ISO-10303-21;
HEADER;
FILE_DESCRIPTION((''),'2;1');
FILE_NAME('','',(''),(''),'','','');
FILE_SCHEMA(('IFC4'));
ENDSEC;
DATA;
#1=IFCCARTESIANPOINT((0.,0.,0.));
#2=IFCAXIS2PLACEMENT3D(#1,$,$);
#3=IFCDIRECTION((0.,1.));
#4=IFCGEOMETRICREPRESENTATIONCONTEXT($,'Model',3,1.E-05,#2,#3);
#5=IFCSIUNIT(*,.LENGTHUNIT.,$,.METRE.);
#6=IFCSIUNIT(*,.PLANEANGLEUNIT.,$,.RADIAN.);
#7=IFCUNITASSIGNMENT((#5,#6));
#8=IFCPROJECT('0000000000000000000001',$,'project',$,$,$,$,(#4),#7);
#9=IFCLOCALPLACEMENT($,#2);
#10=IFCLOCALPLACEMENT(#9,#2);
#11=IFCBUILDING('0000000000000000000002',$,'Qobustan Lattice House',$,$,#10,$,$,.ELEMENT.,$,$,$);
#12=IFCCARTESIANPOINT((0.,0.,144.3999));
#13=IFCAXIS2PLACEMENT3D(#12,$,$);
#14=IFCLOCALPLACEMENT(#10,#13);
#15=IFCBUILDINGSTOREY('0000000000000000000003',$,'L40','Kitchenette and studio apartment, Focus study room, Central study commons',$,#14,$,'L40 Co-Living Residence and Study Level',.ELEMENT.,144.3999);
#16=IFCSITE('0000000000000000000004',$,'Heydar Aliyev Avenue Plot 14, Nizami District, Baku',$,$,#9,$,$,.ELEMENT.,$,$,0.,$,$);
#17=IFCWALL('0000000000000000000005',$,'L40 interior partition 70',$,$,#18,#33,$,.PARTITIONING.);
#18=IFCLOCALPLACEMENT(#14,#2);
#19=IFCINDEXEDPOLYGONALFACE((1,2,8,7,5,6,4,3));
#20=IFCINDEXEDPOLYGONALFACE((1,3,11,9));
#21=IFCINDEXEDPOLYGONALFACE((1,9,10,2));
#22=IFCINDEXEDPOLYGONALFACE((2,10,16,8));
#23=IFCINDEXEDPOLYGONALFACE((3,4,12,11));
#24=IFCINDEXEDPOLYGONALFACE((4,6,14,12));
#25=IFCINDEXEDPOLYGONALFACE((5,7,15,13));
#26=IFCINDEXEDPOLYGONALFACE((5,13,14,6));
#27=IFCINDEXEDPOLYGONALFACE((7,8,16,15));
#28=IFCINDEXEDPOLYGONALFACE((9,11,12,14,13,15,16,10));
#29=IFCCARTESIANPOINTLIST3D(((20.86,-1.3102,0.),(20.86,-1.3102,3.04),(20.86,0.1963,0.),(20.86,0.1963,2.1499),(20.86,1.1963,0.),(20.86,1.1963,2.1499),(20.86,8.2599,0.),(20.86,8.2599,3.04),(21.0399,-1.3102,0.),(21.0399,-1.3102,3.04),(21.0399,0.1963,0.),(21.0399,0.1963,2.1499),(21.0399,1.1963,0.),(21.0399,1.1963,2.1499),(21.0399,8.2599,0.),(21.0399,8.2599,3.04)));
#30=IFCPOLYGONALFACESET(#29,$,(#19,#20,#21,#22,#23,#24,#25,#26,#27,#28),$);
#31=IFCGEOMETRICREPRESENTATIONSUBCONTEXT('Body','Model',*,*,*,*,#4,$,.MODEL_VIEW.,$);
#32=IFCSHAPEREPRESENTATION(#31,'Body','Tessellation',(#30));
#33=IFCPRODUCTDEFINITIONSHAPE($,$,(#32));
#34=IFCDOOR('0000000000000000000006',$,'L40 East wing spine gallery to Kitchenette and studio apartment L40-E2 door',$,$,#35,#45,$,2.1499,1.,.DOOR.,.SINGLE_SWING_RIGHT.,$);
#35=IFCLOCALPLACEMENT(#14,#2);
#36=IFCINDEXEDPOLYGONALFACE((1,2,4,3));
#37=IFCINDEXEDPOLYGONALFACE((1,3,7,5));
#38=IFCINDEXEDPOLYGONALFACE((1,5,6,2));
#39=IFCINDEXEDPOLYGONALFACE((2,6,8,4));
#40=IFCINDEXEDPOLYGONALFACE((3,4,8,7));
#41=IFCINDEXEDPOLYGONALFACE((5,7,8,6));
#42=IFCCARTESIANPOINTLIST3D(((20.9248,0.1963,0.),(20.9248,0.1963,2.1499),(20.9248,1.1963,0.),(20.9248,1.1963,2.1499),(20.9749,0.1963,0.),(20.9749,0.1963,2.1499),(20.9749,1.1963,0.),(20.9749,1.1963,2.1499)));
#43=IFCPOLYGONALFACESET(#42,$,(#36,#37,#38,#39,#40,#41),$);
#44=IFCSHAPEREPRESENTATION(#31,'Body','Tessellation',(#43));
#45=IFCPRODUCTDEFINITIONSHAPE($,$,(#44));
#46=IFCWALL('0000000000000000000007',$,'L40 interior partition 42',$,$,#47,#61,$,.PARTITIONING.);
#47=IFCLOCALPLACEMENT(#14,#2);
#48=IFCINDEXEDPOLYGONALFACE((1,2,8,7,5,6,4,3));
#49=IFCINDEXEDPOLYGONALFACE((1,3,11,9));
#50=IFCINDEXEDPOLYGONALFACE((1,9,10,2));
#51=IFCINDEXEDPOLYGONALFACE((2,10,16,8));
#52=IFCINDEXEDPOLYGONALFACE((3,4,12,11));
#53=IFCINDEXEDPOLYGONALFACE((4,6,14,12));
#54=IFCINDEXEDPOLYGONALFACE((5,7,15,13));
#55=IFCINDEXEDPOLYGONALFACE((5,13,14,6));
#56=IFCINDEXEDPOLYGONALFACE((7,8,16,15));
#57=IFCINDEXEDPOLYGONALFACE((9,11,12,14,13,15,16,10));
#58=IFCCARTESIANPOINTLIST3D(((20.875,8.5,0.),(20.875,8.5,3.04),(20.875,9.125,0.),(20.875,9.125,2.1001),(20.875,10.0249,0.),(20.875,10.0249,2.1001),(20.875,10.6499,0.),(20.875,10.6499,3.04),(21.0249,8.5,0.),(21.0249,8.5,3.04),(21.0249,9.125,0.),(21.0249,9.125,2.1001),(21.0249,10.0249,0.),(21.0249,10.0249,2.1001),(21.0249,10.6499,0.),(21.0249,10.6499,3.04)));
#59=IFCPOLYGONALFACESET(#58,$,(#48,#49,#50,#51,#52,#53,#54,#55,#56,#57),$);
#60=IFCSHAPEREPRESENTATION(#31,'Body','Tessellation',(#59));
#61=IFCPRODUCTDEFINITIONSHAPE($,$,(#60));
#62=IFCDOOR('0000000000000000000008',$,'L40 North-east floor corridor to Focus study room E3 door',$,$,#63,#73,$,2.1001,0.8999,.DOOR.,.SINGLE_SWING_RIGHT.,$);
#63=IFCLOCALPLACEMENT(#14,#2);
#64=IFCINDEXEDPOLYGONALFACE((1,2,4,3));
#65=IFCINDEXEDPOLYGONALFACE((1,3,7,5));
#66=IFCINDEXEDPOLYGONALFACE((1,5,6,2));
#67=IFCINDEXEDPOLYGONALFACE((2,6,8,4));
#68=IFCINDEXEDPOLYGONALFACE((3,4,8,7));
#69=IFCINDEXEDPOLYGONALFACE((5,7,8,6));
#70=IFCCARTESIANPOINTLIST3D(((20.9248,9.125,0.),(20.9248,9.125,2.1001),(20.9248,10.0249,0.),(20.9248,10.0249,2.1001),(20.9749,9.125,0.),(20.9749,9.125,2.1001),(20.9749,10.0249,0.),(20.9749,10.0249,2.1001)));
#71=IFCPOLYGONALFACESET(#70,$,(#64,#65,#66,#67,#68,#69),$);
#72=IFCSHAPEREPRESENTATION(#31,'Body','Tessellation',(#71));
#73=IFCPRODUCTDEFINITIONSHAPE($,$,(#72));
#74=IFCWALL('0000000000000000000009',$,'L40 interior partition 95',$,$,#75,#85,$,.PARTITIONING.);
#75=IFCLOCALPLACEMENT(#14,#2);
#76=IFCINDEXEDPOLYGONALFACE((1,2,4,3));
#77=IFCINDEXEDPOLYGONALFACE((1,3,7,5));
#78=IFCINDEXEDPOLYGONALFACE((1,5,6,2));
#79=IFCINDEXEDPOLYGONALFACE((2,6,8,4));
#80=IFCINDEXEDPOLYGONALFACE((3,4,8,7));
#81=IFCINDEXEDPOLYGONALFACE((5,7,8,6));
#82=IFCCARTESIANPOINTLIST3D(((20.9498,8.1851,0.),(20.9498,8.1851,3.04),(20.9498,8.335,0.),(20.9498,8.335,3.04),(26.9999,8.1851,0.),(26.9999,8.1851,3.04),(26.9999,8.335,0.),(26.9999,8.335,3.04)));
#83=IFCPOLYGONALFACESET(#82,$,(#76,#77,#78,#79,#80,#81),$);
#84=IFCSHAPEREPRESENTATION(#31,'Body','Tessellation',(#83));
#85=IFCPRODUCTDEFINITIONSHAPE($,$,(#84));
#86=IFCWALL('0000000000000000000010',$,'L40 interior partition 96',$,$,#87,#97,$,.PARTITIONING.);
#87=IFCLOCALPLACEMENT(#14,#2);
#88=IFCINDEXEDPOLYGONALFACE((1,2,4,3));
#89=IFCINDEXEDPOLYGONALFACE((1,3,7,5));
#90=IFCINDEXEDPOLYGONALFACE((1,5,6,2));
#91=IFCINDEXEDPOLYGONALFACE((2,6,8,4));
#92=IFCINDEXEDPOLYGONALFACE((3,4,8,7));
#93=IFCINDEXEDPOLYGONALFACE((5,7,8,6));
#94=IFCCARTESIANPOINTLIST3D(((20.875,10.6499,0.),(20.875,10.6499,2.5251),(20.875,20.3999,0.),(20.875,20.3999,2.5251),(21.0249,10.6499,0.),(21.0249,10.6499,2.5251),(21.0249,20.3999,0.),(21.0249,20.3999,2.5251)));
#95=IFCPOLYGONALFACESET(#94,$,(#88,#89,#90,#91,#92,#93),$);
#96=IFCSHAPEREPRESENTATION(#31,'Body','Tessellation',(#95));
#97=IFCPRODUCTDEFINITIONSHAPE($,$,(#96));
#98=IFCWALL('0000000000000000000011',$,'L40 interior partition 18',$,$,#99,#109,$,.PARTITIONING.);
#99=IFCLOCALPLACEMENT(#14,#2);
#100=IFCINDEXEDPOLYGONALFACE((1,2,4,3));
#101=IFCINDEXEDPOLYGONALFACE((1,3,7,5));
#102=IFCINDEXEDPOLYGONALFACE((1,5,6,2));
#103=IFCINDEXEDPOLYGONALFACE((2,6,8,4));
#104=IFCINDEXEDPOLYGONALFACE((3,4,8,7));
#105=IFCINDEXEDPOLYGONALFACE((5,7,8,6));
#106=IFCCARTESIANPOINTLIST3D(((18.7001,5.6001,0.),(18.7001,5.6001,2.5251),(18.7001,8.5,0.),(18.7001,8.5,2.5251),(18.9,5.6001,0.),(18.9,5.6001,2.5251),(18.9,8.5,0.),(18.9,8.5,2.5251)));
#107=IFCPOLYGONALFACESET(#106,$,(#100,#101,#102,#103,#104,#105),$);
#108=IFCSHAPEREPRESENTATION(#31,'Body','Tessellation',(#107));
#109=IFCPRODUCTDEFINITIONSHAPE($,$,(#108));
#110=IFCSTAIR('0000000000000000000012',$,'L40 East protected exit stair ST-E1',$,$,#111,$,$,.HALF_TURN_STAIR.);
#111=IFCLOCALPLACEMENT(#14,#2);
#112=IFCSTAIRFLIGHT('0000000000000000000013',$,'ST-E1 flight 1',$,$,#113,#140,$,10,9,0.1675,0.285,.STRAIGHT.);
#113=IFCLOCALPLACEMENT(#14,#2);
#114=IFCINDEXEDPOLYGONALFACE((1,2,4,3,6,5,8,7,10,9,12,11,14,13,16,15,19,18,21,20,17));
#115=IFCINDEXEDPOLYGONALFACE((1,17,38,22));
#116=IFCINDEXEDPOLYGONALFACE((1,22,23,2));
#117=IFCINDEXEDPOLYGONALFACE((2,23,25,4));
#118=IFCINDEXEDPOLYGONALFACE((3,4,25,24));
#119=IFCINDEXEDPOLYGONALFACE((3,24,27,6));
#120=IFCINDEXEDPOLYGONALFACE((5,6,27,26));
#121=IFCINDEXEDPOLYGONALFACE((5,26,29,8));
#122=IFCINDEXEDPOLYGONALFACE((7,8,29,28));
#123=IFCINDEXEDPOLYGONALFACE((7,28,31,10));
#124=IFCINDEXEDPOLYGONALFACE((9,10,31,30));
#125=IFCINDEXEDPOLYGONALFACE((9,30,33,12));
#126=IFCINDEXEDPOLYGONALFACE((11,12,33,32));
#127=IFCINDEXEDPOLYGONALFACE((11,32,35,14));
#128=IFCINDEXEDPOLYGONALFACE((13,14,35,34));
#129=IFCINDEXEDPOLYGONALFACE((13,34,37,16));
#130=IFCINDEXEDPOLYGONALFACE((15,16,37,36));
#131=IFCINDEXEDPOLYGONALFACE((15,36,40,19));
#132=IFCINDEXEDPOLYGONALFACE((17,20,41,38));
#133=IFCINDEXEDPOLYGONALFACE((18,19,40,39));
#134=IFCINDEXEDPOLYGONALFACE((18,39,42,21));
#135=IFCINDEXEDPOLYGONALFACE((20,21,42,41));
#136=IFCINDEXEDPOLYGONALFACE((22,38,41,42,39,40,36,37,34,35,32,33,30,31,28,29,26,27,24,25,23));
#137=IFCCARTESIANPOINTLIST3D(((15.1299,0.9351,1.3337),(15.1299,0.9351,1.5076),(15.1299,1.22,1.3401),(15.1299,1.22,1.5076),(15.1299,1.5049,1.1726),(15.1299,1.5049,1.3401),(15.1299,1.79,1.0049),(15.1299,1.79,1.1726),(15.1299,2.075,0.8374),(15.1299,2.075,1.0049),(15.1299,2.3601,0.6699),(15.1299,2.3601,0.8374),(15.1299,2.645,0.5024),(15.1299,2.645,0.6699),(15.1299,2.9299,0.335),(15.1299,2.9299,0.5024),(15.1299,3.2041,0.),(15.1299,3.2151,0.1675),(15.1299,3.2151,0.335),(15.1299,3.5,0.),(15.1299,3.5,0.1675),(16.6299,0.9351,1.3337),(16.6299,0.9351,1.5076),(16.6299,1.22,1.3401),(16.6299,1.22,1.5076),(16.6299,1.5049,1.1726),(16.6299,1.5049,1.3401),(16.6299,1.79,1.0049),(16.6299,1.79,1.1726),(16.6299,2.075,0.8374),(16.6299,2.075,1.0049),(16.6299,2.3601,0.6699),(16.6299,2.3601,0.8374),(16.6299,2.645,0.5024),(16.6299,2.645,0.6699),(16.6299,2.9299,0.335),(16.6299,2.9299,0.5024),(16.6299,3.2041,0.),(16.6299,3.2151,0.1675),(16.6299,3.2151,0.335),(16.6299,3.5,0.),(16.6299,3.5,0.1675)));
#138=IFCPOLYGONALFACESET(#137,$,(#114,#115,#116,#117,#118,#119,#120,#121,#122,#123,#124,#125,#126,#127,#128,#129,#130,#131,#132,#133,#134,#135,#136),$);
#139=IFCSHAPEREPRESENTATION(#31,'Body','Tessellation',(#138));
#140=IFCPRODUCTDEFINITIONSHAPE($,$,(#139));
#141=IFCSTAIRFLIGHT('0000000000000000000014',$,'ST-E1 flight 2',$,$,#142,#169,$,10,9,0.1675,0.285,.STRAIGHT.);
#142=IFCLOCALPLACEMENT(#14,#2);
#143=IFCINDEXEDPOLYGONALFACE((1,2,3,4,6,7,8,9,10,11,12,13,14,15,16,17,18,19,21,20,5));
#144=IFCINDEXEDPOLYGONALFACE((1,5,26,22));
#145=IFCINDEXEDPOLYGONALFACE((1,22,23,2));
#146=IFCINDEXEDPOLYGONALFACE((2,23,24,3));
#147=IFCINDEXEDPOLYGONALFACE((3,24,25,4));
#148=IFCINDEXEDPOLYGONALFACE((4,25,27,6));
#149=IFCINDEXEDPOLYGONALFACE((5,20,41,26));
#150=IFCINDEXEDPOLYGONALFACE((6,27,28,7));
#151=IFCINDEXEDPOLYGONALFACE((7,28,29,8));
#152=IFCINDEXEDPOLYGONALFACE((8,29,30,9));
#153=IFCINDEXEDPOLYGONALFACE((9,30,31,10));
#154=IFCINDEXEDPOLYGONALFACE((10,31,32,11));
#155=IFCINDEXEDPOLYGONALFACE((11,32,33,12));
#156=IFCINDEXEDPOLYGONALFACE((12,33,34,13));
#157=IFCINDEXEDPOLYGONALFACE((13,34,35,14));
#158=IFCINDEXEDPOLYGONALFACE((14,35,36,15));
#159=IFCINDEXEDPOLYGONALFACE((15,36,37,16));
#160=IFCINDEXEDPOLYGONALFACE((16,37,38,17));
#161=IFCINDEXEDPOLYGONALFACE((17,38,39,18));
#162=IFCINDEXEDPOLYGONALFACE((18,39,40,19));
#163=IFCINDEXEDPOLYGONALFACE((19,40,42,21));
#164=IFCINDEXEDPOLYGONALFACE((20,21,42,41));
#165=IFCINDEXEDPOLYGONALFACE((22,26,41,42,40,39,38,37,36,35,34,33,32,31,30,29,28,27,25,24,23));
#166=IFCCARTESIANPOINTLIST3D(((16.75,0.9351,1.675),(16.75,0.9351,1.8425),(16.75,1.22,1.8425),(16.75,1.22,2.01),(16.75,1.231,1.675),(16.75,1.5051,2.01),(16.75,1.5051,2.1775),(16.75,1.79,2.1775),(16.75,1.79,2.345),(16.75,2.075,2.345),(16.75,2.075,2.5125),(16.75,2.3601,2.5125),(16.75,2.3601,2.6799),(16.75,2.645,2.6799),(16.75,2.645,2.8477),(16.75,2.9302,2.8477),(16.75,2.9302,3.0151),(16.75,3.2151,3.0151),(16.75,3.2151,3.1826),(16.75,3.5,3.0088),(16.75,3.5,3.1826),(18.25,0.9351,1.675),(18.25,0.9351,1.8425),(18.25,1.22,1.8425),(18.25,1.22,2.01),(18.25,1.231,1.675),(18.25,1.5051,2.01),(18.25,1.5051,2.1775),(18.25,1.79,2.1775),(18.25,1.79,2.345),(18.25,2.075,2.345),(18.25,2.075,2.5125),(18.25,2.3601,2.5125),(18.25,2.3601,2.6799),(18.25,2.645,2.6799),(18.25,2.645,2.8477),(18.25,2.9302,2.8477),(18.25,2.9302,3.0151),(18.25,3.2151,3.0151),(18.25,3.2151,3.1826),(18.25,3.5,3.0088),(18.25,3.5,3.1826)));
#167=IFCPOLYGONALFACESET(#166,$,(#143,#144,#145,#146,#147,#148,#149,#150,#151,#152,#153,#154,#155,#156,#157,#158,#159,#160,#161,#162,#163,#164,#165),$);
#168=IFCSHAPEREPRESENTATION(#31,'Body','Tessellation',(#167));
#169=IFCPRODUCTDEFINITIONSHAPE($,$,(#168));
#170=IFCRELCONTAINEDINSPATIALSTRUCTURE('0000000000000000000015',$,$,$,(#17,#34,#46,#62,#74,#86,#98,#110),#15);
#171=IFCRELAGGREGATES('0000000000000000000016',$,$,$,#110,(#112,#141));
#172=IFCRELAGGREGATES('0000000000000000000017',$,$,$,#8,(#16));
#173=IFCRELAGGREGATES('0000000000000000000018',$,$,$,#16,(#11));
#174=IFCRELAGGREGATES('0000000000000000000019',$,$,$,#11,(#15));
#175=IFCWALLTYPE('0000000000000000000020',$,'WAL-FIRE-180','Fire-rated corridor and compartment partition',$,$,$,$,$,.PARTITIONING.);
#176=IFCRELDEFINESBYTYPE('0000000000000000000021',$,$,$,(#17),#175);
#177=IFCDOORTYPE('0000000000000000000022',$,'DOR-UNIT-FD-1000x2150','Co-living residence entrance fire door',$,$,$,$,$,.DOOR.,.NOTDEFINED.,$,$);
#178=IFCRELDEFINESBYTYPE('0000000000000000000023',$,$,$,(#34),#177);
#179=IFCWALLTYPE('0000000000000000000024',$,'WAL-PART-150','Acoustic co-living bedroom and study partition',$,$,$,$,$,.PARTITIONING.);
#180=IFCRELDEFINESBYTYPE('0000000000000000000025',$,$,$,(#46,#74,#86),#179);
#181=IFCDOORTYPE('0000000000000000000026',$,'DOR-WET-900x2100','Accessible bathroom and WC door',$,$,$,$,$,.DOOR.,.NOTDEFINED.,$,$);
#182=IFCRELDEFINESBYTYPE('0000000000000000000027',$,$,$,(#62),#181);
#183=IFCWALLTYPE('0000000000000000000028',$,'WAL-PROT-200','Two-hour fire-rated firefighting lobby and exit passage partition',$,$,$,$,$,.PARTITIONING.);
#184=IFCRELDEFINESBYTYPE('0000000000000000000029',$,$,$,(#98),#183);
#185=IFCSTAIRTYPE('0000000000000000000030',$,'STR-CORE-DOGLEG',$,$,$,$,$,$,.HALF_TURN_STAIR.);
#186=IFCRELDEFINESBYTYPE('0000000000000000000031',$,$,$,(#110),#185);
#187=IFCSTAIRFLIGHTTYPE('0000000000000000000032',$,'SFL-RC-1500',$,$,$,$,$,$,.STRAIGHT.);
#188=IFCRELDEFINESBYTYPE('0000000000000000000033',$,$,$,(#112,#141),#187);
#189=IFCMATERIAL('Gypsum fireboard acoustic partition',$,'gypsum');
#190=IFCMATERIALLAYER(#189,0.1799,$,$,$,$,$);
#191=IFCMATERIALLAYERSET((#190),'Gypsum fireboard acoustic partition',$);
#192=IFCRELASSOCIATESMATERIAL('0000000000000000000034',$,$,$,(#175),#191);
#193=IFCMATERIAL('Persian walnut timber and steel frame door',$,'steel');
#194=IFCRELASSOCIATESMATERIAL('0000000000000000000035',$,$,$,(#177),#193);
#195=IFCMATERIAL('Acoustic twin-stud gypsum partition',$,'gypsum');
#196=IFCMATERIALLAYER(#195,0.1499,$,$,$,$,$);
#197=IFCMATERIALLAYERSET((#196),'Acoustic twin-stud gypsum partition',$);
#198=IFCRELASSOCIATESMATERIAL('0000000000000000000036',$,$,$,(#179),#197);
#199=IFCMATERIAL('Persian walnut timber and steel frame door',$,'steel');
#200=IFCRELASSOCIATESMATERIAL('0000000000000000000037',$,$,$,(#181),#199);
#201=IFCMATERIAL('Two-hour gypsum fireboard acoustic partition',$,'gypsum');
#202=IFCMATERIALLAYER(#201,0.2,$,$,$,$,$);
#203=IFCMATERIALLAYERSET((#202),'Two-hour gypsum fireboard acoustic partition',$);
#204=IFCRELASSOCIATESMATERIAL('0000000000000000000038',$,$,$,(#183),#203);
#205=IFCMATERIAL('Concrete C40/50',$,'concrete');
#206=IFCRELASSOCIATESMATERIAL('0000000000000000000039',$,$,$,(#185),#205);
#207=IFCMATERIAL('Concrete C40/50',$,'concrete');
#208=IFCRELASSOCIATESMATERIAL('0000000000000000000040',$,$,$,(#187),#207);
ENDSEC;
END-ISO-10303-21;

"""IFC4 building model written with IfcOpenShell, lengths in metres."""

from ifc_helpers import new_model, si_unit, direction, frame, frame_2d, origin, place, context, subcontext, project, spatial, polyline, rectangle, outline, extrude, material, layer, layer_set, type_object, element, fill, aggregate, save


model = new_model("IFC4")

# Units and contexts
model_context = context("Model", 3, precision=1e-05, world=origin(), true_north=direction((0.0, 1.0)))
body_context = subcontext(model_context, "Body", "Model", "MODEL_VIEW")
ifc_project = project(units=[si_unit("LENGTHUNIT", "METRE"), si_unit("PLANEANGLEUNIT", "RADIAN")], contexts=[model_context])

# Site, building, storey
site_placement = place(None, origin())
site = spatial("IfcSite", under=ifc_project, at=site_placement, Name="Heydar Aliyev Avenue Plot 14, Nizami District, Baku", CompositionType="ELEMENT", RefElevation=0.0)
building_placement = place(site_placement, origin())
building = spatial("IfcBuilding", under=site, at=building_placement, Name="Qobustan Lattice House", CompositionType="ELEMENT")
storey_placement = place(building_placement, frame((0.0, 0.0, 144.3999)))
storey = spatial("IfcBuildingStorey", under=building, at=storey_placement, Name="L40", Description="Kitchenette and studio apartment, Focus study room, Central study commons", LongName="L40 Co-Living Residence and Study Level", CompositionType="ELEMENT", Elevation=144.3999)

# Walls, openings, doors
ifc_material_1 = material(Name="Gypsum fireboard acoustic partition", Category="gypsum")
ifc_layer_1 = layer(ifc_material_1, 0.1799)
ifc_layer_set_1 = layer_set([ifc_layer_1], Name="Gypsum fireboard acoustic partition")
wall_type_1 = type_object("IfcWallType", Name="WAL-FIRE-180", Description="Fire-rated corridor and compartment partition", PredefinedType="PARTITIONING", material=ifc_layer_set_1)
wall_1_placement = place(storey_placement, frame((20.95, 8.26, 0.0), z_axis=(0.0, 0.0, 1.0), x_axis=(0.0, -1.0, 0.0)))
wall_1 = element("IfcWall", 1, at=wall_1_placement, inside=storey, type_object=wall_type_1, Name="L40 interior partition 70", PredefinedType="PARTITIONING", context=body_context, shape_type="SweptSolid", body=[
    extrude(rectangle(XDim=9.5701, YDim=0.1799, at=frame_2d((4.7852, 0.0))), origin(), (0.0, 0.0, 1.0), 3.04),
])
opening_1_placement = place(wall_1_placement, frame((7.0637, 0.0, 0.0)))
opening_1 = element("IfcOpeningElement", 2, at=opening_1_placement, cuts=wall_1, PredefinedType="OPENING", context=body_context, shape_type="SweptSolid", body=[
    extrude(rectangle(XDim=1.0, YDim=2.1499, at=frame_2d((0.5, 1.075))), frame((0.0, 0.0999, 0.0), z_axis=(0.0, -1.0, 0.0), x_axis=(1.0, 0.0, 0.0)), (0.0, 0.0, 1.0), 0.2),
])
ifc_material_2 = material(Name="Persian walnut timber and steel frame door", Category="steel")
door_type_1 = type_object("IfcDoorType", Name="DOR-UNIT-FD-1000x2150", Description="Co-living residence entrance fire door", OperationType="NOTDEFINED", PredefinedType="DOOR", material=ifc_material_2)
door_1_placement = place(opening_1_placement, origin())
door_1 = element("IfcDoor", 3, at=door_1_placement, inside=storey, type_object=door_type_1, Name="L40 East wing spine gallery to Kitchenette and studio apartment L40-E2 door", OperationType="SINGLE_SWING_RIGHT", OverallHeight=2.1499, OverallWidth=1.0, PredefinedType="DOOR", context=body_context, shape_type="SweptSolid", body=[
    extrude(rectangle(XDim=1.0, YDim=2.1499, at=frame_2d((0.5, 1.075))), frame((0.0, 0.0249, 0.0), z_axis=(0.0, -1.0, 0.0), x_axis=(1.0, 0.0, 0.0)), (0.0, 0.0, 1.0), 0.05),
])
fill(opening_1, door_1)
ifc_material_3 = material(Name="Acoustic twin-stud gypsum partition", Category="gypsum")
ifc_layer_2 = layer(ifc_material_3, 0.1499)
ifc_layer_set_2 = layer_set([ifc_layer_2], Name="Acoustic twin-stud gypsum partition")
wall_type_2 = type_object("IfcWallType", Name="WAL-PART-150", Description="Acoustic co-living bedroom and study partition", PredefinedType="PARTITIONING", material=ifc_layer_set_2)
wall_2_placement = place(storey_placement, frame((20.95, 10.6499, 0.0), z_axis=(0.0, 0.0, 1.0), x_axis=(0.0, -1.0, 0.0)))
wall_2 = element("IfcWall", 4, at=wall_2_placement, inside=storey, type_object=wall_type_2, Name="L40 interior partition 42", PredefinedType="PARTITIONING", context=body_context, shape_type="SweptSolid", body=[
    extrude(rectangle(XDim=2.1499, YDim=0.1499, at=frame_2d((1.075, 0.0))), origin(), (0.0, 0.0, 1.0), 3.04),
])
opening_2_placement = place(wall_2_placement, frame((0.625, 0.0, 0.0)))
opening_2 = element("IfcOpeningElement", 5, at=opening_2_placement, cuts=wall_2, PredefinedType="OPENING", context=body_context, shape_type="SweptSolid", body=[
    extrude(rectangle(XDim=0.8999, YDim=2.1001, at=frame_2d((0.45, 1.05))), frame((0.0, 0.085, 0.0), z_axis=(0.0, -1.0, 0.0), x_axis=(1.0, 0.0, 0.0)), (0.0, 0.0, 1.0), 0.1699),
])
ifc_material_4 = material(Name="Persian walnut timber and steel frame door", Category="steel")
door_type_2 = type_object("IfcDoorType", Name="DOR-WET-900x2100", Description="Accessible bathroom and WC door", OperationType="NOTDEFINED", PredefinedType="DOOR", material=ifc_material_4)
door_2_placement = place(opening_2_placement, origin())
door_2 = element("IfcDoor", 6, at=door_2_placement, inside=storey, type_object=door_type_2, Name="L40 North-east floor corridor to Focus study room E3 door", OperationType="SINGLE_SWING_RIGHT", OverallHeight=2.1001, OverallWidth=0.8999, PredefinedType="DOOR", context=body_context, shape_type="SweptSolid", body=[
    extrude(rectangle(XDim=0.8999, YDim=2.1001, at=frame_2d((0.45, 1.05))), frame((0.0, 0.0249, 0.0), z_axis=(0.0, -1.0, 0.0), x_axis=(1.0, 0.0, 0.0)), (0.0, 0.0, 1.0), 0.05),
])
fill(opening_2, door_2)

# Walls
wall_3_placement = place(storey_placement, frame((20.95, 8.26, 0.0), z_axis=(0.0, 0.0, 1.0), x_axis=(1.0, 0.0, 0.0)))
element("IfcWall", 7, at=wall_3_placement, inside=storey, type_object=wall_type_2, Name="L40 interior partition 95", PredefinedType="PARTITIONING", context=body_context, shape_type="SweptSolid", body=[
    extrude(rectangle(XDim=6.05, YDim=0.1499, at=frame_2d((3.0249, 0.0))), origin(), (0.0, 0.0, 1.0), 3.04),
])
wall_4_placement = place(storey_placement, frame((20.95, 10.6499, 0.0), z_axis=(0.0, 0.0, 1.0), x_axis=(0.0, 1.0, 0.0)))
element("IfcWall", 8, at=wall_4_placement, inside=storey, type_object=wall_type_2, Name="L40 interior partition 96", PredefinedType="PARTITIONING", context=body_context, shape_type="SweptSolid", body=[
    extrude(rectangle(XDim=9.75, YDim=0.1499, at=frame_2d((4.875, 0.0))), origin(), (0.0, 0.0, 1.0), 2.5251),
])

# Shared definitions
ifc_material_5 = material(Name="Two-hour gypsum fireboard acoustic partition", Category="gypsum")
ifc_layer_3 = layer(ifc_material_5, 0.2)
ifc_layer_set_3 = layer_set([ifc_layer_3], Name="Two-hour gypsum fireboard acoustic partition")
wall_type_3 = type_object("IfcWallType", Name="WAL-PROT-200", Description="Two-hour fire-rated firefighting lobby and exit passage partition", PredefinedType="PARTITIONING", material=ifc_layer_set_3)

# Wall
wall_5_placement = place(storey_placement, frame((18.8, 5.6001, 0.0), z_axis=(0.0, 0.0, 1.0), x_axis=(0.0, 1.0, 0.0)))
element("IfcWall", 9, at=wall_5_placement, inside=storey, type_object=wall_type_3, Name="L40 interior partition 18", PredefinedType="PARTITIONING", context=body_context, shape_type="SweptSolid", body=[
    extrude(rectangle(XDim=2.8999, YDim=0.2, at=frame_2d((1.45, 0.0))), origin(), (0.0, 0.0, 1.0), 2.5251),
])

# Stair, stair flights
ifc_material_6 = material(Name="Concrete C40/50", Category="concrete")
stair_type = type_object("IfcStairType", Name="STR-CORE-DOGLEG", PredefinedType="HALF_TURN_STAIR", material=ifc_material_6)
stair_placement = place(storey_placement, origin())
stair = element("IfcStair", 10, at=stair_placement, inside=storey, type_object=stair_type, Name="L40 East protected exit stair ST-E1", PredefinedType="HALF_TURN_STAIR")
ifc_material_7 = material(Name="Concrete C40/50", Category="concrete")
stair_flight_type = type_object("IfcStairFlightType", Name="SFL-RC-1500", PredefinedType="STRAIGHT", material=ifc_material_7)
stair_flight_1_placement = place(storey_placement, frame((15.8799, 3.5, 0.0), z_axis=(0.0, 0.0, 1.0), x_axis=(0.0, -1.0, 0.0)))
stair_flight_1 = element("IfcStairFlight", 11, at=stair_flight_1_placement, type_object=stair_flight_type, Name="ST-E1 flight 1", NumberOfRisers=10, NumberOfTreads=9, PredefinedType="STRAIGHT", RiserHeight=0.1675, TreadLength=0.285, context=body_context, shape_type="SweptSolid", body=[
    extrude(outline(polyline([(0.0, 0.0), (0.0, 0.1675), (0.2849, 0.1675), (0.2849, 0.335), (0.5701, 0.335), (0.5701, 0.5024), (0.855, 0.5024), (0.855, 0.6699), (1.1399, 0.6699), (1.1399, 0.8374), (1.425, 0.8374), (1.425, 1.0049), (1.71, 1.0049), (1.71, 1.1726), (1.9951, 1.1726), (1.9951, 1.3401), (2.28, 1.3401), (2.28, 1.5076), (2.5649, 1.5076), (2.5649, 1.675), (2.5649, 1.3337), (0.2959, 0.0), (0.0, 0.0)])), frame((0.0, 0.75, 0.0), z_axis=(0.0, -1.0, 0.0), x_axis=(1.0, 0.0, 0.0)), (0.0, 0.0, 1.0), 1.5),
])
stair_flight_2_placement = place(storey_placement, frame((17.5, 0.9351, 1.675), z_axis=(0.0, 0.0, 1.0), x_axis=(0.0, 1.0, 0.0)))
stair_flight_2 = element("IfcStairFlight", 12, at=stair_flight_2_placement, type_object=stair_flight_type, Name="ST-E1 flight 2", NumberOfRisers=10, NumberOfTreads=9, PredefinedType="STRAIGHT", RiserHeight=0.1675, TreadLength=0.285, context=body_context, shape_type="SweptSolid", body=[
    extrude(outline(polyline([(0.0, 0.0), (0.0, 0.1675), (0.2849, 0.1675), (0.2849, 0.335), (0.5701, 0.335), (0.5701, 0.5024), (0.855, 0.5024), (0.855, 0.6699), (1.1399, 0.6699), (1.1399, 0.8374), (1.425, 0.8374), (1.425, 1.0049), (1.71, 1.0049), (1.71, 1.1726), (1.9951, 1.1726), (1.9951, 1.3401), (2.28, 1.3401), (2.28, 1.5076), (2.5649, 1.5076), (2.5649, 1.675), (2.5649, 1.3337), (0.2959, 0.0), (0.0, 0.0)])), frame((0.0, 0.75, 0.0), z_axis=(0.0, -1.0, 0.0), x_axis=(1.0, 0.0, 0.0)), (0.0, 0.0, 1.0), 1.5),
])
aggregate(stair, [stair_flight_1, stair_flight_2])

save(model, "model.ifc")
